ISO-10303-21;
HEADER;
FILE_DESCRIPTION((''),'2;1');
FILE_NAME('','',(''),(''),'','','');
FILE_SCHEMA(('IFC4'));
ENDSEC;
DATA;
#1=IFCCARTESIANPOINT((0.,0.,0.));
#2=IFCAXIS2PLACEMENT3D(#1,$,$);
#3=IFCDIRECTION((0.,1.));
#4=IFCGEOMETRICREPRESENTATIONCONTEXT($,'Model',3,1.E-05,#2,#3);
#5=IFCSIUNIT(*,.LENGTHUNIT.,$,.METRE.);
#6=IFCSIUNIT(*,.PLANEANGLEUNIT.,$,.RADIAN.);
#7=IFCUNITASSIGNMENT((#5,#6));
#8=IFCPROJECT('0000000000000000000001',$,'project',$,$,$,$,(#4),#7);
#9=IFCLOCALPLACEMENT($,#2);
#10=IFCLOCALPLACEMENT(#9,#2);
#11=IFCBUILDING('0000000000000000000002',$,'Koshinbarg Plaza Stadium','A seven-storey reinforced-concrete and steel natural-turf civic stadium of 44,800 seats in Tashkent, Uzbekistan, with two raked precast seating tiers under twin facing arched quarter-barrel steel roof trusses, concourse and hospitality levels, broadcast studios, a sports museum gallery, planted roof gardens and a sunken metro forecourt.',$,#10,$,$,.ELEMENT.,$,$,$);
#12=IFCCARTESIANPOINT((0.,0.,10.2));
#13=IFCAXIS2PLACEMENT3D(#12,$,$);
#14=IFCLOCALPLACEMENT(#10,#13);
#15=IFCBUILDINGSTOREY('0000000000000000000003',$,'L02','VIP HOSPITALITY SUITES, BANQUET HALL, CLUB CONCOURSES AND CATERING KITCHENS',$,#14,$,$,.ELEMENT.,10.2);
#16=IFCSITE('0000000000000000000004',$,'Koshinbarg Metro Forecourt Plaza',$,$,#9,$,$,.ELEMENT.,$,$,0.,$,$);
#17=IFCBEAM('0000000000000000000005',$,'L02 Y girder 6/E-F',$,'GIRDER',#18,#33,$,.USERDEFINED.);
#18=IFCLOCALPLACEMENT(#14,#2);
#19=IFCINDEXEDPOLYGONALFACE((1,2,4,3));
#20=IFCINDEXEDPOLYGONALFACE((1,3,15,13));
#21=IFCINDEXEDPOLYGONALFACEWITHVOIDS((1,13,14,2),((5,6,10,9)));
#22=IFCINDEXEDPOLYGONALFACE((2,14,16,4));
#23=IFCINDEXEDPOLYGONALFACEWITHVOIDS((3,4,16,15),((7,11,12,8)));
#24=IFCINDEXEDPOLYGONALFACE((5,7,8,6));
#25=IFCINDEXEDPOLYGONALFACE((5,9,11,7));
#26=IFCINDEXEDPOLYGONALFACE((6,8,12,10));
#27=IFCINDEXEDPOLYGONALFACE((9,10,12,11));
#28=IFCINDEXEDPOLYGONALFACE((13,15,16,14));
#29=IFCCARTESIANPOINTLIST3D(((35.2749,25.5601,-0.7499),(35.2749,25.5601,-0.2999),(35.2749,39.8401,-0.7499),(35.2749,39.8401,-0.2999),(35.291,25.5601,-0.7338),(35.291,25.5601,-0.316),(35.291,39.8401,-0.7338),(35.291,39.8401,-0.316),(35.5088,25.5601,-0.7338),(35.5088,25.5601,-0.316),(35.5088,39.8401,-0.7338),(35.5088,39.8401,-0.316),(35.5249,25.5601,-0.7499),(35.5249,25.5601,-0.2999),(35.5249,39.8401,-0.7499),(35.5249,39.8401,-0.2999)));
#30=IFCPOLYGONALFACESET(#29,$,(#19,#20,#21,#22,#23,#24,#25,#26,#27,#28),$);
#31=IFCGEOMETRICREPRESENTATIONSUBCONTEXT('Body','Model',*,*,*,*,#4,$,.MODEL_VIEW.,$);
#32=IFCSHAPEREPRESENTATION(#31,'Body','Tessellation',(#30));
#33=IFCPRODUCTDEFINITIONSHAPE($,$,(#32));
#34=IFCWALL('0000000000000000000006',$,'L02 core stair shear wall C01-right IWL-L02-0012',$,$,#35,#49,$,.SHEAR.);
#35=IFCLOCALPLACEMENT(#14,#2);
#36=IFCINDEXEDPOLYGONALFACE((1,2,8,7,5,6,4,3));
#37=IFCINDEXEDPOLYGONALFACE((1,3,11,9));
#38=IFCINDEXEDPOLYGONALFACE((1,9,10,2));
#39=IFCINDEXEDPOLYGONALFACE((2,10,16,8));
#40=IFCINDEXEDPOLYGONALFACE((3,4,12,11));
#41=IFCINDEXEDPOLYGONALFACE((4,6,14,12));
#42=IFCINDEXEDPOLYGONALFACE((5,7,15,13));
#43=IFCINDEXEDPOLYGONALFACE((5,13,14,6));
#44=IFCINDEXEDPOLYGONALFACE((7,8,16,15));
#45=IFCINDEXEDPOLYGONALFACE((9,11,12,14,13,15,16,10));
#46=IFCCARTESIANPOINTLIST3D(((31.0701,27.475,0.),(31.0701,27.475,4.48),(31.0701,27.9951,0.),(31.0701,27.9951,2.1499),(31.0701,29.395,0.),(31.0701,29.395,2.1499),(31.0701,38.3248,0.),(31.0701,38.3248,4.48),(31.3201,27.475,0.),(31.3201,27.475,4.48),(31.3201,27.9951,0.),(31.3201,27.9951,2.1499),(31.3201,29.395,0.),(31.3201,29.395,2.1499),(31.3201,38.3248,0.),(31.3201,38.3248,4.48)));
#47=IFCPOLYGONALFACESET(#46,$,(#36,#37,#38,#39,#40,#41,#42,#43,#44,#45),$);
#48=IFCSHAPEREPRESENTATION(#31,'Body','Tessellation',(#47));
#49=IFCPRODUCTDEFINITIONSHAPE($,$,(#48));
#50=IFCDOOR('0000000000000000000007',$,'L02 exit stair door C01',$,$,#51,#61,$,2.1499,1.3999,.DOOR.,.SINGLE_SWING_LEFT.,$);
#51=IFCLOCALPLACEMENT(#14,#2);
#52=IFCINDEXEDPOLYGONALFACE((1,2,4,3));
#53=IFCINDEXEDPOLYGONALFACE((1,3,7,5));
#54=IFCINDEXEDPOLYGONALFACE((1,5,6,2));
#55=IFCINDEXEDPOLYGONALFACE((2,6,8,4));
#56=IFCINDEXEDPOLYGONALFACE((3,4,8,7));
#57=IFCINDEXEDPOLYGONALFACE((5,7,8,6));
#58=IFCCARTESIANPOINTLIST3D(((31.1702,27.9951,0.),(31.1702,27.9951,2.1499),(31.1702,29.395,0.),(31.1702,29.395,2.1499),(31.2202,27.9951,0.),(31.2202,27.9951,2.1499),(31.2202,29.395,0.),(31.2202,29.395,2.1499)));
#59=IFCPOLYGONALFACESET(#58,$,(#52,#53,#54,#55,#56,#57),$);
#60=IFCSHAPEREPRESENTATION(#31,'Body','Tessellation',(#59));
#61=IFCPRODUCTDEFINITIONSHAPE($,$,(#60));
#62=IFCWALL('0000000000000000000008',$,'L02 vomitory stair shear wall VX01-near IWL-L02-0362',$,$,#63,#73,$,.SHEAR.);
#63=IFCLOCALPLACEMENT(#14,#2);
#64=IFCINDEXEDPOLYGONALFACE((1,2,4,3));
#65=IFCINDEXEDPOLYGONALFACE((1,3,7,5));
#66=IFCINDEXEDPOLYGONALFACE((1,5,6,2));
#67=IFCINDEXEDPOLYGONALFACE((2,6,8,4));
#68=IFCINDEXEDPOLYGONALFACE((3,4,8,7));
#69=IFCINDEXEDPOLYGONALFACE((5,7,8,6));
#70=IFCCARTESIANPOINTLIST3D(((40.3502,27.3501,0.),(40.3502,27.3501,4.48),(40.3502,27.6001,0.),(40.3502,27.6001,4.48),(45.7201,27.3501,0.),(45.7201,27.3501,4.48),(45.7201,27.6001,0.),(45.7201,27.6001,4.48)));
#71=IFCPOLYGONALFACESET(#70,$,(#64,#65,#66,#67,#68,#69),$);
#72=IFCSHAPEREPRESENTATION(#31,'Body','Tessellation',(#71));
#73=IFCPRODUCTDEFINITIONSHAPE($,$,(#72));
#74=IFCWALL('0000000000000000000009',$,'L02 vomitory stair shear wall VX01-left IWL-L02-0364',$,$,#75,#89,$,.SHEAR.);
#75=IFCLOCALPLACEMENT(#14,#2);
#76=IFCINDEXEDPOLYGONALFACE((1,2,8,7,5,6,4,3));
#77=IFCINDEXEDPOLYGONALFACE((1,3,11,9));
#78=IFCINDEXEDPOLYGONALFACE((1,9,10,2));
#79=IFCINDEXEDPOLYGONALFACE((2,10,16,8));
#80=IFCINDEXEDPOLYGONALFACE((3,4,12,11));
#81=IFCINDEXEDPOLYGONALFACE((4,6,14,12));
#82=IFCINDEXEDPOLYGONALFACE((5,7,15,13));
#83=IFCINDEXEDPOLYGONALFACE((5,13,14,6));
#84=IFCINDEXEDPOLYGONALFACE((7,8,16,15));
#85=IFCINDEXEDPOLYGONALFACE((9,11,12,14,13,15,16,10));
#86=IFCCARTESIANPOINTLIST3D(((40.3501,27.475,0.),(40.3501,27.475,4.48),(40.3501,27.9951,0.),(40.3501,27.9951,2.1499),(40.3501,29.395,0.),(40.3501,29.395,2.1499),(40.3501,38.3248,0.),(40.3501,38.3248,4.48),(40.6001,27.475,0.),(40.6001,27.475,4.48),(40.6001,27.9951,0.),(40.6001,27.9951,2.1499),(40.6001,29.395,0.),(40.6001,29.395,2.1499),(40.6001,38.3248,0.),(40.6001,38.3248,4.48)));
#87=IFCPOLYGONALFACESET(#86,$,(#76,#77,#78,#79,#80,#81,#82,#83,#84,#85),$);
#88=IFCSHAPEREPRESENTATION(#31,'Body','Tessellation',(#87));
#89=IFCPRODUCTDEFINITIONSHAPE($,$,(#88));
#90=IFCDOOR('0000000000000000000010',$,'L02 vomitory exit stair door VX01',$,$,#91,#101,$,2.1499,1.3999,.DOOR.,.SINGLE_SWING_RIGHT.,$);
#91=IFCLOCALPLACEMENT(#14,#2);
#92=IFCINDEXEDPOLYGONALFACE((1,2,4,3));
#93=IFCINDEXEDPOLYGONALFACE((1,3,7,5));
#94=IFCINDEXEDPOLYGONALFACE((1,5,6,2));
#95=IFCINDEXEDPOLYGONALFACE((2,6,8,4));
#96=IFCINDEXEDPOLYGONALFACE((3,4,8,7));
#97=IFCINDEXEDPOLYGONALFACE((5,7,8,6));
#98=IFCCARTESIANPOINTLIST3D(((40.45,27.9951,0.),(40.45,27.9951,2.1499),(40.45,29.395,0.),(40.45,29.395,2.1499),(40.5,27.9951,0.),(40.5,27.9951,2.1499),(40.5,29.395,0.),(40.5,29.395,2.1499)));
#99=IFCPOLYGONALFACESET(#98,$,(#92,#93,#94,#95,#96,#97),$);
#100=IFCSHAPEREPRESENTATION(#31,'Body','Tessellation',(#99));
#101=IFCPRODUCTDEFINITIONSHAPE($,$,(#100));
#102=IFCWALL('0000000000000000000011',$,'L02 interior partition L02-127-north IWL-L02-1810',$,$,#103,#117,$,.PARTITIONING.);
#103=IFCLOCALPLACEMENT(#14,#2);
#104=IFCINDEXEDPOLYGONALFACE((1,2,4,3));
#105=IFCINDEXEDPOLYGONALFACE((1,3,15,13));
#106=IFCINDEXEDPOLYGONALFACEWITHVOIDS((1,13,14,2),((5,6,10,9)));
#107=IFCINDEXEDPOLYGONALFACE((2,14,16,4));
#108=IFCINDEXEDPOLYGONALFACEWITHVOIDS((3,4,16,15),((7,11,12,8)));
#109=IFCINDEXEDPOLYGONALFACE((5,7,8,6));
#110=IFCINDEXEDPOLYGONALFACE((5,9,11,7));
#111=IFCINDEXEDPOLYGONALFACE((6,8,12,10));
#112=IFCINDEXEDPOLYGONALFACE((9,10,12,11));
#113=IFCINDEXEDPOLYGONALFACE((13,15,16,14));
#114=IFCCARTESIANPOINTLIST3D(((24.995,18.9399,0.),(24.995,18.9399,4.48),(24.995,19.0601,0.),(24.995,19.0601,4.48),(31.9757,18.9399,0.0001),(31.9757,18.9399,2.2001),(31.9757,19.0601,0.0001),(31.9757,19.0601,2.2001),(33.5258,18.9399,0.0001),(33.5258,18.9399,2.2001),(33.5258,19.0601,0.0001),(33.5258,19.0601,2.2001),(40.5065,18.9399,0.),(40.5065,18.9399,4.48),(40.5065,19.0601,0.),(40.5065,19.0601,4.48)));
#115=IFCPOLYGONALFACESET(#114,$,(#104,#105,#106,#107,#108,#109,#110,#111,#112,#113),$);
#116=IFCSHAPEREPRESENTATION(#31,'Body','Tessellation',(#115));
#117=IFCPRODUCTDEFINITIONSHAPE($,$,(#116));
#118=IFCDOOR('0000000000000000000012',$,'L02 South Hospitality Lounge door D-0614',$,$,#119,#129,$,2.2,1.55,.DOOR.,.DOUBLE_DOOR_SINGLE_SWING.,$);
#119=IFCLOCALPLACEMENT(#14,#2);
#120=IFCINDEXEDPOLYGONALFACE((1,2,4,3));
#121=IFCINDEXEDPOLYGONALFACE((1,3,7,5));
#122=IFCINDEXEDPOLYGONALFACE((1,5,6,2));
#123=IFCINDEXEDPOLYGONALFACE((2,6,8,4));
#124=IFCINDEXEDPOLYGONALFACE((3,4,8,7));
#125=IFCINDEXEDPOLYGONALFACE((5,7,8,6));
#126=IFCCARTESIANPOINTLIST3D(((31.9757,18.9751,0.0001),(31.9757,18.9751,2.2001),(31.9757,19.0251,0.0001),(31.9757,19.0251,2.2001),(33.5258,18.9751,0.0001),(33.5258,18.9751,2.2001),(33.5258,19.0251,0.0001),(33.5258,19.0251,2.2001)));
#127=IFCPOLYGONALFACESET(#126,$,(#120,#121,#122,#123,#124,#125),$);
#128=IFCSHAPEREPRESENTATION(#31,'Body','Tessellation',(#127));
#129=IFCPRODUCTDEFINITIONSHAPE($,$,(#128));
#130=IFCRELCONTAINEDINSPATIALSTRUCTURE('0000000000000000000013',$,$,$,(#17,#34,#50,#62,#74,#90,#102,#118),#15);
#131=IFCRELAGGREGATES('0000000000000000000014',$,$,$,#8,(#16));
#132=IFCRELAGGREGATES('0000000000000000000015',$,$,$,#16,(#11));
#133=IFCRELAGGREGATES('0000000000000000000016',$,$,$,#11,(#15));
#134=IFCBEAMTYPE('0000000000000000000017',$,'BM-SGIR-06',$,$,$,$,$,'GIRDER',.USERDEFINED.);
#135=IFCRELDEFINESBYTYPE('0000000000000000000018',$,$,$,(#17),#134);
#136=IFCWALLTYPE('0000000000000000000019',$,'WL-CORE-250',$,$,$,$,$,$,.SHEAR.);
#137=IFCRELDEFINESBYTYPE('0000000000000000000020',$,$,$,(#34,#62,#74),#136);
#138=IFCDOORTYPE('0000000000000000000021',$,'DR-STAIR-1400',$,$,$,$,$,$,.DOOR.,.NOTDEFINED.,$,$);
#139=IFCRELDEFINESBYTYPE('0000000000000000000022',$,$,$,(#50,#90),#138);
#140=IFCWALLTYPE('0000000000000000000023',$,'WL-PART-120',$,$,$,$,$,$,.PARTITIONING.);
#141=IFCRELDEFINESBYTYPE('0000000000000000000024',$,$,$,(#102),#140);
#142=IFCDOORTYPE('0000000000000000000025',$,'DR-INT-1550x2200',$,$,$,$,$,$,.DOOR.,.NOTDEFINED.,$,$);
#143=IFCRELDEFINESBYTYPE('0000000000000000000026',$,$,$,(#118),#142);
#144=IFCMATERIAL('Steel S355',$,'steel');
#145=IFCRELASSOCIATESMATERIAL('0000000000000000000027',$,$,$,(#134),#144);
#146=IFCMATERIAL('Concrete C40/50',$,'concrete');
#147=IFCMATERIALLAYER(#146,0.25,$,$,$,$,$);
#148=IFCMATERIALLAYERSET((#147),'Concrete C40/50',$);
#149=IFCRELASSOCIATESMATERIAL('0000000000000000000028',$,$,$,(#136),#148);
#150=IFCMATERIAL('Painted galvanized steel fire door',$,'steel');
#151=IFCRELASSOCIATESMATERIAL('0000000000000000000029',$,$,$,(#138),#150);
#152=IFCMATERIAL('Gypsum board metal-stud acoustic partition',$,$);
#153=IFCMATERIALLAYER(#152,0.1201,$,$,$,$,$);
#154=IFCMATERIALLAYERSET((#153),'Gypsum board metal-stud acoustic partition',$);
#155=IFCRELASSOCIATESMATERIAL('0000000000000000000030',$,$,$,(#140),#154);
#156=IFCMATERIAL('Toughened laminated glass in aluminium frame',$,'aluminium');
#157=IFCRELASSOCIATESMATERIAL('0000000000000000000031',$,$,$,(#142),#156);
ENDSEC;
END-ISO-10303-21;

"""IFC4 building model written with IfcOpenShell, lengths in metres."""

from ifc_helpers import new_model, si_unit, direction, frame, frame_2d, origin, origin_2d, place, context, subcontext, project, spatial, rectangle, hollow_rectangle, extrude, material, layer, layer_set, material_profile, profile_set, type_object, element, fill, save


model = new_model("IFC4")

# Units and contexts
model_context = context("Model", 3, precision=1e-05, world=origin(), true_north=direction((0.0, 1.0)))
body_context = subcontext(model_context, "Body", "Model", "MODEL_VIEW")
ifc_project = project(units=[si_unit("LENGTHUNIT", "METRE"), si_unit("PLANEANGLEUNIT", "RADIAN")], contexts=[model_context])

# Site, building, storey
site_placement = place(None, origin())
site = spatial("IfcSite", under=ifc_project, at=site_placement, Name="Koshinbarg Metro Forecourt Plaza", CompositionType="ELEMENT", RefElevation=0.0)
building_placement = place(site_placement, origin())
building = spatial("IfcBuilding", under=site, at=building_placement, Name="Koshinbarg Plaza Stadium", Description="A seven-storey reinforced-concrete and steel natural-turf civic stadium of 44,800 seats in Tashkent, Uzbekistan, with two raked precast seating tiers under twin facing arched quarter-barrel steel roof trusses, concourse and hospitality levels, broadcast studios, a sports museum gallery, planted roof gardens and a sunken metro forecourt.", CompositionType="ELEMENT")
storey_placement = place(building_placement, frame((0.0, 0.0, 10.2)))
storey = spatial("IfcBuildingStorey", under=building, at=storey_placement, Name="L02", Description="VIP HOSPITALITY SUITES, BANQUET HALL, CLUB CONCOURSES AND CATERING KITCHENS", CompositionType="ELEMENT", Elevation=10.2)

# Shared definitions
ifc_material_1 = material(Name="Concrete C40/50", Category="concrete")

# Beam
ifc_material_2 = material(Name="Steel S355", Category="steel")
ifc_material_profile_1 = material_profile(ifc_material_2, hollow_rectangle(XDim=0.25, YDim=0.45, WallThickness=0.0161, at=origin_2d()), Name="RHS 450x250x16")
ifc_profile_set_1 = profile_set([ifc_material_profile_1], Name="Steel S355")
beam_type_1 = type_object("IfcBeamType", Name="BM-SGIR-06", ElementType="GIRDER", PredefinedType="USERDEFINED", material=ifc_profile_set_1)
beam_1_placement = place(storey_placement, frame((35.3999, 25.5601, -0.5249), z_axis=(0.0, 1.0, 0.0), x_axis=(-1.0, 0.0, 0.0)))
element("IfcBeam", 1, at=beam_1_placement, inside=storey, type_object=beam_type_1, Name="L02 Y girder 6/E-F", ObjectType="GIRDER", PredefinedType="USERDEFINED", context=body_context, shape_type="SweptSolid", body=[
    extrude(hollow_rectangle(XDim=0.25, YDim=0.45, WallThickness=0.0161, at=origin_2d()), origin(), (0.0, 0.0, 1.0), 14.28),
])

# Wall, opening, door
ifc_layer_1 = layer(ifc_material_1, 0.25)
ifc_layer_set_1 = layer_set([ifc_layer_1], Name="Concrete C40/50")
wall_type_1 = type_object("IfcWallType", Name="WL-CORE-250", PredefinedType="SHEAR", material=ifc_layer_set_1)
wall_1_placement = place(storey_placement, frame((31.1951, 27.4751, 0.0), z_axis=(0.0, 0.0, 1.0), x_axis=(0.0, 1.0, 0.0)))
wall_1 = element("IfcWall", 2, at=wall_1_placement, inside=storey, type_object=wall_type_1, Name="L02 core stair shear wall C01-right IWL-L02-0012", PredefinedType="SHEAR", context=body_context, shape_type="SweptSolid", body=[
    extrude(rectangle(XDim=10.8499, YDim=0.25, at=frame_2d((5.4248, 0.0))), origin(), (0.0, 0.0, 1.0), 4.48),
])
opening_1_placement = place(wall_1_placement, frame((0.52, 0.0, 0.0)))
opening_1 = element("IfcOpeningElement", 3, at=opening_1_placement, cuts=wall_1, PredefinedType="OPENING", context=body_context, shape_type="SweptSolid", body=[
    extrude(rectangle(XDim=1.3999, YDim=2.1499, at=frame_2d((0.7, 1.075))), frame((0.0, 0.135, 0.0), z_axis=(0.0, -1.0, 0.0), x_axis=(1.0, 0.0, 0.0)), (0.0, 0.0, 1.0), 0.27),
])
ifc_material_3 = material(Name="Painted galvanized steel fire door", Category="steel")
door_type_1 = type_object("IfcDoorType", Name="DR-STAIR-1400", OperationType="NOTDEFINED", PredefinedType="DOOR", material=ifc_material_3)
door_1_placement = place(opening_1_placement, origin())
door_1 = element("IfcDoor", 4, at=door_1_placement, inside=storey, type_object=door_type_1, Name="L02 exit stair door C01", OperationType="SINGLE_SWING_LEFT", OverallHeight=2.1499, OverallWidth=1.3999, PredefinedType="DOOR", context=body_context, shape_type="SweptSolid", body=[
    extrude(rectangle(XDim=1.3999, YDim=2.1499, at=frame_2d((0.7, 1.075))), frame((0.0, 0.0249, 0.0), z_axis=(0.0, -1.0, 0.0), x_axis=(1.0, 0.0, 0.0)), (0.0, 0.0, 1.0), 0.05),
])
fill(opening_1, door_1)

# Wall
wall_2_placement = place(storey_placement, frame((40.3501, 27.4751, 0.0), z_axis=(0.0, 0.0, 1.0), x_axis=(1.0, 0.0, 0.0)))
element("IfcWall", 5, at=wall_2_placement, inside=storey, type_object=wall_type_1, Name="L02 vomitory stair shear wall VX01-near IWL-L02-0362", PredefinedType="SHEAR", context=body_context, shape_type="SweptSolid", body=[
    extrude(rectangle(XDim=5.3699, YDim=0.25, at=frame_2d((2.6851, 0.0))), origin(), (0.0, 0.0, 1.0), 4.48),
])

# Walls, openings, doors
wall_3_placement = place(storey_placement, frame((40.4751, 27.4751, 0.0), z_axis=(0.0, 0.0, 1.0), x_axis=(0.0, 1.0, 0.0)))
wall_3 = element("IfcWall", 6, at=wall_3_placement, inside=storey, type_object=wall_type_1, Name="L02 vomitory stair shear wall VX01-left IWL-L02-0364", PredefinedType="SHEAR", context=body_context, shape_type="SweptSolid", body=[
    extrude(rectangle(XDim=10.8499, YDim=0.25, at=frame_2d((5.4248, 0.0))), origin(), (0.0, 0.0, 1.0), 4.48),
])
opening_2_placement = place(wall_3_placement, frame((0.52, 0.0, 0.0)))
opening_2 = element("IfcOpeningElement", 7, at=opening_2_placement, cuts=wall_3, PredefinedType="OPENING", context=body_context, shape_type="SweptSolid", body=[
    extrude(rectangle(XDim=1.3999, YDim=2.1499, at=frame_2d((0.7, 1.075))), frame((0.0, 0.135, 0.0), z_axis=(0.0, -1.0, 0.0), x_axis=(1.0, 0.0, 0.0)), (0.0, 0.0, 1.0), 0.27),
])
door_2_placement = place(opening_2_placement, frame((1.3999, 0.0, 0.0), z_axis=(0.0, 0.0, 1.0), x_axis=(-1.0, 0.0, 0.0)))
door_2 = element("IfcDoor", 8, at=door_2_placement, inside=storey, type_object=door_type_1, Name="L02 vomitory exit stair door VX01", OperationType="SINGLE_SWING_RIGHT", OverallHeight=2.1499, OverallWidth=1.3999, PredefinedType="DOOR", context=body_context, shape_type="SweptSolid", body=[
    extrude(rectangle(XDim=1.3999, YDim=2.1499, at=frame_2d((0.7, 1.075))), frame((0.0, 0.0249, 0.0), z_axis=(0.0, -1.0, 0.0), x_axis=(1.0, 0.0, 0.0)), (0.0, 0.0, 1.0), 0.05),
])
fill(opening_2, door_2)
ifc_material_4 = material(Name="Gypsum board metal-stud acoustic partition")
ifc_layer_2 = layer(ifc_material_4, 0.1201)
ifc_layer_set_2 = layer_set([ifc_layer_2], Name="Gypsum board metal-stud acoustic partition")
wall_type_2 = type_object("IfcWallType", Name="WL-PART-120", PredefinedType="PARTITIONING", material=ifc_layer_set_2)
wall_4_placement = place(storey_placement, frame((40.5066, 19.0, 0.0), z_axis=(0.0, 0.0, 1.0), x_axis=(-1.0, 0.0, 0.0)))
wall_4 = element("IfcWall", 9, at=wall_4_placement, inside=storey, type_object=wall_type_2, Name="L02 interior partition L02-127-north IWL-L02-1810", PredefinedType="PARTITIONING", context=body_context, shape_type="SweptSolid", body=[
    extrude(rectangle(XDim=15.5115, YDim=0.1201, at=frame_2d((7.7559, 0.0))), origin(), (0.0, 0.0, 1.0), 4.48),
])
opening_3_placement = place(wall_4_placement, frame((6.981, 0.0, 0.0)))
opening_3 = element("IfcOpeningElement", 10, at=opening_3_placement, cuts=wall_4, PredefinedType="OPENING", context=body_context, shape_type="SweptSolid", body=[
    extrude(rectangle(XDim=1.55, YDim=2.2, at=frame_2d((0.7749, 1.1001))), frame((0.0, 0.0701, 0.0), z_axis=(0.0, -1.0, 0.0), x_axis=(1.0, 0.0, 0.0)), (0.0, 0.0, 1.0), 0.1401),
])
ifc_material_5 = material(Name="Toughened laminated glass in aluminium frame", Category="aluminium")
door_type_2 = type_object("IfcDoorType", Name="DR-INT-1550x2200", OperationType="NOTDEFINED", PredefinedType="DOOR", material=ifc_material_5)
door_3_placement = place(opening_3_placement, origin())
door_3 = element("IfcDoor", 11, at=door_3_placement, inside=storey, type_object=door_type_2, Name="L02 South Hospitality Lounge door D-0614", OperationType="DOUBLE_DOOR_SINGLE_SWING", OverallHeight=2.2, OverallWidth=1.55, PredefinedType="DOOR", context=body_context, shape_type="SweptSolid", body=[
    extrude(rectangle(XDim=1.55, YDim=2.2, at=frame_2d((0.7749, 1.1001))), frame((0.0, 0.0249, 0.0), z_axis=(0.0, -1.0, 0.0), x_axis=(1.0, 0.0, 0.0)), (0.0, 0.0, 1.0), 0.05),
])
fill(opening_3, door_3)

save(model, "model.ifc")
